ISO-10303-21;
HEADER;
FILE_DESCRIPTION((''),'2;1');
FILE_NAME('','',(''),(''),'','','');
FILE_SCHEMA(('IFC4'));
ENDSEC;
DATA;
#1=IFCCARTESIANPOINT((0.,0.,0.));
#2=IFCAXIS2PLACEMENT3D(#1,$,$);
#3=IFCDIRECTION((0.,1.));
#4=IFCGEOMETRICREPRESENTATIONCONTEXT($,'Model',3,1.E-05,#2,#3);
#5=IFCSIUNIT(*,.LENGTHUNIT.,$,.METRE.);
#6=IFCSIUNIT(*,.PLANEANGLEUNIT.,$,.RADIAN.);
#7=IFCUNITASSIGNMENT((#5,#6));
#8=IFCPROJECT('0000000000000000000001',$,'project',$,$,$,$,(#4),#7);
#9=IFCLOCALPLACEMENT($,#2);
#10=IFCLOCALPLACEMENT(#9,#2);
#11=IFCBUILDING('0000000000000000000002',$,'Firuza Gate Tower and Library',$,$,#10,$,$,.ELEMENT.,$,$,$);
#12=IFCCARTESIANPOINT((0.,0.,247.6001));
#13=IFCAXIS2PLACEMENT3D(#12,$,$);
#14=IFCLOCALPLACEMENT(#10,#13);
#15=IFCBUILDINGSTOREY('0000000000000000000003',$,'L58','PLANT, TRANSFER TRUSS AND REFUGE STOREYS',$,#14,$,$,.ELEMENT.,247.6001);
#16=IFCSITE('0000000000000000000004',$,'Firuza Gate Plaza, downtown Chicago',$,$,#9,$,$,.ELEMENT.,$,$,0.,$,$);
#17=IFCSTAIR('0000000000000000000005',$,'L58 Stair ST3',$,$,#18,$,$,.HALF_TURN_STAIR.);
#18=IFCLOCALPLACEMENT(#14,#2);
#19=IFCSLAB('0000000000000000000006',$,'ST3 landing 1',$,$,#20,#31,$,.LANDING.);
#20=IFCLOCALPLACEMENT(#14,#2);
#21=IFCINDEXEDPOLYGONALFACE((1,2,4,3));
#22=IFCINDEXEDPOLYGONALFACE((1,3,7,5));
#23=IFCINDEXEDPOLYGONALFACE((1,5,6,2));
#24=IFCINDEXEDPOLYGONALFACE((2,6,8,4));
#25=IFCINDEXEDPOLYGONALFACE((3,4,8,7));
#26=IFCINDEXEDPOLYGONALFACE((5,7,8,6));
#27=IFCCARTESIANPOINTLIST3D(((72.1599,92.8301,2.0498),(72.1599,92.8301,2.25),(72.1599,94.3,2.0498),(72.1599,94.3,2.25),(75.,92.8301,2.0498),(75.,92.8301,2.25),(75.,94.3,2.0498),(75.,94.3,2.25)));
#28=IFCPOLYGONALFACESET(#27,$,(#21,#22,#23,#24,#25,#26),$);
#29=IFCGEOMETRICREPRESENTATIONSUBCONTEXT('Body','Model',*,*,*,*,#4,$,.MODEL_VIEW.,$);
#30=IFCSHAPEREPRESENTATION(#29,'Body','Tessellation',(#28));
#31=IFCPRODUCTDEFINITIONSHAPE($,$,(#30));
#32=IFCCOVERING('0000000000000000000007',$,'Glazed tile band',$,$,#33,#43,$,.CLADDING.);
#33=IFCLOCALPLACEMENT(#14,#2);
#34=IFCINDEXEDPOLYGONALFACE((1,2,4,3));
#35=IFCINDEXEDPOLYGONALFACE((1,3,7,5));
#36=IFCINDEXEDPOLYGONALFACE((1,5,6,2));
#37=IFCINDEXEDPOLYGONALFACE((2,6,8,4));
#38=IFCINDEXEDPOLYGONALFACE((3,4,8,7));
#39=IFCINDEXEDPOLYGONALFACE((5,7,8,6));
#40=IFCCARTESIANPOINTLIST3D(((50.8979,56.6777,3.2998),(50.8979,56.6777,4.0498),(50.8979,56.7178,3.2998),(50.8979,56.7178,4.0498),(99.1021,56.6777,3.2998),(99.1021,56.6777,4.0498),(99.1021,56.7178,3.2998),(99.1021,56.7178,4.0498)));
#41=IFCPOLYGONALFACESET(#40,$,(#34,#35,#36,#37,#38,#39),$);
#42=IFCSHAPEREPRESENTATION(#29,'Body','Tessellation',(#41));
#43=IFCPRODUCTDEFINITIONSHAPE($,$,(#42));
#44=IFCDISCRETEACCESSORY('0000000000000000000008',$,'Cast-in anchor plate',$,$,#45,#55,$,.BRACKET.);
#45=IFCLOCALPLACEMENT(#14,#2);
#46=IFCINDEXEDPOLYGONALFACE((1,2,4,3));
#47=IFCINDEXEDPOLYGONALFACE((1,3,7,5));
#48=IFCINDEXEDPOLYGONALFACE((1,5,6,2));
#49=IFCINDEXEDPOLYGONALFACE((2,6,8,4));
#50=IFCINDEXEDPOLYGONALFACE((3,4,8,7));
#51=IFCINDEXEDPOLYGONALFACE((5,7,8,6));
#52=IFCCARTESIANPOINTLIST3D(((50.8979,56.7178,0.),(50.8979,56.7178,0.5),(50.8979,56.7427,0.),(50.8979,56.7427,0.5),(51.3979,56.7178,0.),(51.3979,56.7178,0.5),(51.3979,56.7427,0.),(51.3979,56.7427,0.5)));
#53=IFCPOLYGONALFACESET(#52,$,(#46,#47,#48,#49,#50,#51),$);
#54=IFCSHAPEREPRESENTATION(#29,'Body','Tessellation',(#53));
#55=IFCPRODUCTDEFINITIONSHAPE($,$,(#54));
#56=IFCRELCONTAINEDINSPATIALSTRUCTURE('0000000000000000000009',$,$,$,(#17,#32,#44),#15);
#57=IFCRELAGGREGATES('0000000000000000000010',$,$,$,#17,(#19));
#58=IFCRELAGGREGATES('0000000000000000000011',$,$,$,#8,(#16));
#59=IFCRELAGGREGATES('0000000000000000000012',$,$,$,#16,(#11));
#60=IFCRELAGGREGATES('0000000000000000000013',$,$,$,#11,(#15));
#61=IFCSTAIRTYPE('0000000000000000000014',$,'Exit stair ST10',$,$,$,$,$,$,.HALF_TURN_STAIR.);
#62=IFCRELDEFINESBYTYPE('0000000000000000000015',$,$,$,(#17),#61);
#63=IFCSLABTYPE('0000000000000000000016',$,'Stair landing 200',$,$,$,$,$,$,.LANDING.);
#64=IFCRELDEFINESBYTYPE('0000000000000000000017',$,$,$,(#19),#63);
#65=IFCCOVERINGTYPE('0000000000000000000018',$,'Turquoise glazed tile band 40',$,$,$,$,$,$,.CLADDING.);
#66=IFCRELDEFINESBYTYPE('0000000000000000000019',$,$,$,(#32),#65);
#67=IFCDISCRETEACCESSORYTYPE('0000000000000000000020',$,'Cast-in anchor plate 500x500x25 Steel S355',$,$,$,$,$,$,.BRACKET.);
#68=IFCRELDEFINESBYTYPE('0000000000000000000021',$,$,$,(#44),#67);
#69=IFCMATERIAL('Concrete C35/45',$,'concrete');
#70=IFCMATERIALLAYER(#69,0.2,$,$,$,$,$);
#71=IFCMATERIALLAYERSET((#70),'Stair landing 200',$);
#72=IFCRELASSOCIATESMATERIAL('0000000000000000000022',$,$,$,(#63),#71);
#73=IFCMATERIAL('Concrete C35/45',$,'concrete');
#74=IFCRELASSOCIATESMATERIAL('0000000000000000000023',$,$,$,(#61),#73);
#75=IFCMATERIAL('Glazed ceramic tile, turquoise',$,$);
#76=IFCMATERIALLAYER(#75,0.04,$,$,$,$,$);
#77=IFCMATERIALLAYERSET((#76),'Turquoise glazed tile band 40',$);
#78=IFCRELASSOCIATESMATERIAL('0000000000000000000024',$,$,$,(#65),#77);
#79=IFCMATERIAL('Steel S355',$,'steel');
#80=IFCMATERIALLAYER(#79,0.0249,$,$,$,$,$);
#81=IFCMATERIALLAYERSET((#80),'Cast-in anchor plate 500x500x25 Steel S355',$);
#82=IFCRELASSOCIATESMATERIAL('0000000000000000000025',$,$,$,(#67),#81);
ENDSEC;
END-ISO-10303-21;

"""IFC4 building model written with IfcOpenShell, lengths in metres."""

from ifc_helpers import new_model, si_unit, direction, frame, origin, origin_2d, place, context, subcontext, project, spatial, polyline, rectangle, outline, extrude, material, layer, layer_set, type_object, element, aggregate, save


model = new_model("IFC4")

# Units and contexts
model_context = context("Model", 3, precision=1e-05, world=origin(), true_north=direction((0.0, 1.0)))
body_context = subcontext(model_context, "Body", "Model", "MODEL_VIEW")
ifc_project = project(units=[si_unit("LENGTHUNIT", "METRE"), si_unit("PLANEANGLEUNIT", "RADIAN")], contexts=[model_context])

# Site, building, storey
site_placement = place(None, origin())
site = spatial("IfcSite", under=ifc_project, at=site_placement, Name="Firuza Gate Plaza, downtown Chicago", CompositionType="ELEMENT", RefElevation=0.0)
building_placement = place(site_placement, origin())
building = spatial("IfcBuilding", under=site, at=building_placement, Name="Firuza Gate Tower and Library", CompositionType="ELEMENT")
storey_placement = place(building_placement, frame((0.0, 0.0, 247.6001)))
storey = spatial("IfcBuildingStorey", under=building, at=storey_placement, Name="L58", Description="PLANT, TRANSFER TRUSS AND REFUGE STOREYS", CompositionType="ELEMENT", Elevation=247.6001)

# Stair, slab
placement_1 = place(storey_placement, origin())
ifc_material_1 = material(Name="Concrete C35/45", Category="concrete")
ifc_layer_1 = layer(ifc_material_1, 0.2)
ifc_layer_set_1 = layer_set([ifc_layer_1], Name="Stair landing 200")
slab_type_1 = type_object("IfcSlabType", Name="Stair landing 200", PredefinedType="LANDING", material=ifc_layer_set_1)
placement_2 = place(storey_placement, frame((0.0, 0.0, 2.0498)))
ifc_material_2 = material(Name="Concrete C35/45", Category="concrete")
stair_type_1 = type_object("IfcStairType", Name="Exit stair ST10", PredefinedType="HALF_TURN_STAIR", material=ifc_material_2)
stair_1 = element("IfcStair", 1, at=placement_1, inside=storey, type_object=stair_type_1, Name="L58 Stair ST3", PredefinedType="HALF_TURN_STAIR")
slab_1 = element("IfcSlab", 2, at=placement_2, type_object=slab_type_1, Name="ST3 landing 1", PredefinedType="LANDING", context=body_context, shape_type="SweptSolid", body=[
    extrude(outline(polyline([(75.0, 92.8301), (75.0, 94.3), (72.1599, 94.3), (72.1599, 92.8301), (75.0, 92.8301)])), origin(), (0.0, 0.0, 1.0), 0.2002),
])
aggregate(stair_1, [slab_1])

# Covering
ifc_material_3 = material(Name="Glazed ceramic tile, turquoise")
ifc_layer_2 = layer(ifc_material_3, 0.04)
ifc_layer_set_2 = layer_set([ifc_layer_2], Name="Turquoise glazed tile band 40")
covering_type = type_object("IfcCoveringType", Name="Turquoise glazed tile band 40", PredefinedType="CLADDING", material=ifc_layer_set_2)
covering_placement = place(storey_placement, frame((50.8979, 56.6777, 3.2998), z_axis=(0.0, -1.0, 0.0), x_axis=(1.0, 0.0, 0.0)))
element("IfcCovering", 3, at=covering_placement, inside=storey, type_object=covering_type, Name="Glazed tile band", PredefinedType="CLADDING", context=body_context, shape_type="SweptSolid", body=[
    extrude(outline(polyline([(0.0, 0.0), (48.2041, 0.0), (48.2041, 0.75), (0.0, 0.75), (0.0, 0.0)])), origin(), (0.0, 0.0, -1.0), 0.04),
])

# Discrete accessory
ifc_material_4 = material(Name="Steel S355", Category="steel")
ifc_layer_3 = layer(ifc_material_4, 0.0249)
ifc_layer_set_3 = layer_set([ifc_layer_3], Name="Cast-in anchor plate 500x500x25 Steel S355")
discrete_accessory_type = type_object("IfcDiscreteAccessoryType", Name="Cast-in anchor plate 500x500x25 Steel S355", PredefinedType="BRACKET", material=ifc_layer_set_3)
discrete_accessory_placement = place(storey_placement, frame((51.1479, 56.7302, 0.0), z_axis=(0.0, 0.0, 1.0), x_axis=(1.0, 0.0, 0.0)))
element("IfcDiscreteAccessory", 4, at=discrete_accessory_placement, inside=storey, type_object=discrete_accessory_type, Name="Cast-in anchor plate", PredefinedType="BRACKET", context=body_context, shape_type="SweptSolid", body=[
    extrude(rectangle(XDim=0.5, YDim=0.0249, at=origin_2d()), origin(), (0.0, 0.0, 1.0), 0.5),
])

save(model, "model.ifc")
